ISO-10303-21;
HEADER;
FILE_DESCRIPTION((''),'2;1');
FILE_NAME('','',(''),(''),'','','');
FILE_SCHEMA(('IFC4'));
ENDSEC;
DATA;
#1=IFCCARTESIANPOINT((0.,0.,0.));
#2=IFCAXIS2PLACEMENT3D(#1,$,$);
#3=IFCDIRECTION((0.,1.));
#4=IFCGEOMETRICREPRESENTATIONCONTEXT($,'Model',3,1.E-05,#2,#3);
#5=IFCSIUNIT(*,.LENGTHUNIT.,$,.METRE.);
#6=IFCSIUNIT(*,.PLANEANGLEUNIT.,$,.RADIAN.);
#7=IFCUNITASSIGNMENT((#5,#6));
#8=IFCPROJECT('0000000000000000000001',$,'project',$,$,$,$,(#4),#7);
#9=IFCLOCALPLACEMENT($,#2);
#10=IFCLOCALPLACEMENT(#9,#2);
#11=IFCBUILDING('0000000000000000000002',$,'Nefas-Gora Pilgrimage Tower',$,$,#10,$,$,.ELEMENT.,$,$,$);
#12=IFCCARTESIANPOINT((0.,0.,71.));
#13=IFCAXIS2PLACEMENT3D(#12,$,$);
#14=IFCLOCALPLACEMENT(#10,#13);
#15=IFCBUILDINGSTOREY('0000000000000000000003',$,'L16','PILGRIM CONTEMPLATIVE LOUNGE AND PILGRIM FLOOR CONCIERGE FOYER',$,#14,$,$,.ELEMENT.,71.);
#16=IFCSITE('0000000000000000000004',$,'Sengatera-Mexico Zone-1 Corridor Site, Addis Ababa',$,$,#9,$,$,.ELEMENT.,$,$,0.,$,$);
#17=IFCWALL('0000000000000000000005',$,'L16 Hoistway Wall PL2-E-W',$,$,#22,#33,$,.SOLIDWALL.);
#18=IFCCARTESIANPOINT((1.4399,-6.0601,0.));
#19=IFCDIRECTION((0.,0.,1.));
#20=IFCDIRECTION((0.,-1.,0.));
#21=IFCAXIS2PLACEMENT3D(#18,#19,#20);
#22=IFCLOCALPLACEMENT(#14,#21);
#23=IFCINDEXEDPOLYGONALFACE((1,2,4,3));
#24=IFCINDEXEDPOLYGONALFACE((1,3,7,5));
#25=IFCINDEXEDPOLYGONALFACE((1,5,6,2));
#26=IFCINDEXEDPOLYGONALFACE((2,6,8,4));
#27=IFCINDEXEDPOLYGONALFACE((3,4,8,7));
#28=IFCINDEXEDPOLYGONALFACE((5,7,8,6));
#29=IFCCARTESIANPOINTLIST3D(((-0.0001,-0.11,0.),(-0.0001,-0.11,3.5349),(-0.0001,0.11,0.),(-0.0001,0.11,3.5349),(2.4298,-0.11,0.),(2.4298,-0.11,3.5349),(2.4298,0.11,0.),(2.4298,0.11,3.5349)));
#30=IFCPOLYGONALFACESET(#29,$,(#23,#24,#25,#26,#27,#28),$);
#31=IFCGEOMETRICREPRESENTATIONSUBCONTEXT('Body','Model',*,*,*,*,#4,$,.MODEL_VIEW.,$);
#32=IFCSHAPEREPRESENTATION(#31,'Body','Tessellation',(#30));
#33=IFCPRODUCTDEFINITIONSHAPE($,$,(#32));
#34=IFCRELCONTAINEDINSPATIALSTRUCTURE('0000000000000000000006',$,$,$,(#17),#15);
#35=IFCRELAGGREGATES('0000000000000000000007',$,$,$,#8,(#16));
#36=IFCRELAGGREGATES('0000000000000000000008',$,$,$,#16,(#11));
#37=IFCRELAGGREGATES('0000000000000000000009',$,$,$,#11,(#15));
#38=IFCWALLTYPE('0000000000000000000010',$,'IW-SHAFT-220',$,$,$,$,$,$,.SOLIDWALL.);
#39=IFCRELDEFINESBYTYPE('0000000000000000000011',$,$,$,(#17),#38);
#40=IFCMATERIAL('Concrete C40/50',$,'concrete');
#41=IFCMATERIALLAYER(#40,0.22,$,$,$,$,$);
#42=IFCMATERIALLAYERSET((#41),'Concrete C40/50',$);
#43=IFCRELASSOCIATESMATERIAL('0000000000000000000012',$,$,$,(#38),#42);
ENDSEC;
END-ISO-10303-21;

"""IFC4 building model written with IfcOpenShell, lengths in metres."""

from ifc_helpers import new_model, si_unit, direction, frame, frame_2d, origin, place, context, subcontext, project, spatial, rectangle, extrude, source, transform, mapped, material, layer, layer_set, type_object, element, save


model = new_model("IFC4")

# Units and contexts
model_context = context("Model", 3, precision=1e-05, world=origin(), true_north=direction((0.0, 1.0)))
body_context = subcontext(model_context, "Body", "Model", "MODEL_VIEW")
ifc_project = project(units=[si_unit("LENGTHUNIT", "METRE"), si_unit("PLANEANGLEUNIT", "RADIAN")], contexts=[model_context])

# Site, building, storey
site_placement = place(None, origin())
site = spatial("IfcSite", under=ifc_project, at=site_placement, Name="Sengatera-Mexico Zone-1 Corridor Site, Addis Ababa", CompositionType="ELEMENT", RefElevation=0.0)
building_placement = place(site_placement, origin())
building = spatial("IfcBuilding", under=site, at=building_placement, Name="Nefas-Gora Pilgrimage Tower", CompositionType="ELEMENT")
storey_placement = place(building_placement, frame((0.0, 0.0, 71.0)))
storey = spatial("IfcBuildingStorey", under=building, at=storey_placement, Name="L16", Description="PILGRIM CONTEMPLATIVE LOUNGE AND PILGRIM FLOOR CONCIERGE FOYER", CompositionType="ELEMENT", Elevation=71.0)

# Shared definitions
ifc_material_1 = material(Name="Concrete C40/50", Category="concrete")
ifc_layer_1 = layer(ifc_material_1, 0.22)
ifc_layer_set_1 = layer_set([ifc_layer_1], Name="Concrete C40/50")
wall_type_1 = type_object("IfcWallType", Name="IW-SHAFT-220", PredefinedType="SOLIDWALL", material=ifc_layer_set_1)

# Wall
shared_shape_1 = source(origin(), body_context, "Body", "SweptSolid", [
    extrude(rectangle(XDim=2.4299, YDim=0.22, at=frame_2d((1.2148, 0.0))), origin(), (0.0, 0.0, 1.0), 3.5349),
])
for number, where, z_axis, x_axis, name in (
    (1, (1.4399, -6.0601, 0.0), (0.0, 0.0, 1.0), (0.0, -1.0, 0.0), "L16 Hoistway Wall PL2-E-W"),
):
    element("IfcWall", number, at=place(storey_placement, frame(where, z_axis=z_axis, x_axis=x_axis)), inside=storey, type_object=wall_type_1, Name=name, PredefinedType="SOLIDWALL", context=body_context, shape_type="MappedRepresentation", body=[
        mapped(shared_shape_1, transform((0.0, 0.0, 0.0), x_axis=(1.0, 0.0, 0.0), y_axis=(0.0, 1.0, 0.0), z_axis=(0.0, 0.0, 1.0), scale=1.0)),
    ])

save(model, "model.ifc")
